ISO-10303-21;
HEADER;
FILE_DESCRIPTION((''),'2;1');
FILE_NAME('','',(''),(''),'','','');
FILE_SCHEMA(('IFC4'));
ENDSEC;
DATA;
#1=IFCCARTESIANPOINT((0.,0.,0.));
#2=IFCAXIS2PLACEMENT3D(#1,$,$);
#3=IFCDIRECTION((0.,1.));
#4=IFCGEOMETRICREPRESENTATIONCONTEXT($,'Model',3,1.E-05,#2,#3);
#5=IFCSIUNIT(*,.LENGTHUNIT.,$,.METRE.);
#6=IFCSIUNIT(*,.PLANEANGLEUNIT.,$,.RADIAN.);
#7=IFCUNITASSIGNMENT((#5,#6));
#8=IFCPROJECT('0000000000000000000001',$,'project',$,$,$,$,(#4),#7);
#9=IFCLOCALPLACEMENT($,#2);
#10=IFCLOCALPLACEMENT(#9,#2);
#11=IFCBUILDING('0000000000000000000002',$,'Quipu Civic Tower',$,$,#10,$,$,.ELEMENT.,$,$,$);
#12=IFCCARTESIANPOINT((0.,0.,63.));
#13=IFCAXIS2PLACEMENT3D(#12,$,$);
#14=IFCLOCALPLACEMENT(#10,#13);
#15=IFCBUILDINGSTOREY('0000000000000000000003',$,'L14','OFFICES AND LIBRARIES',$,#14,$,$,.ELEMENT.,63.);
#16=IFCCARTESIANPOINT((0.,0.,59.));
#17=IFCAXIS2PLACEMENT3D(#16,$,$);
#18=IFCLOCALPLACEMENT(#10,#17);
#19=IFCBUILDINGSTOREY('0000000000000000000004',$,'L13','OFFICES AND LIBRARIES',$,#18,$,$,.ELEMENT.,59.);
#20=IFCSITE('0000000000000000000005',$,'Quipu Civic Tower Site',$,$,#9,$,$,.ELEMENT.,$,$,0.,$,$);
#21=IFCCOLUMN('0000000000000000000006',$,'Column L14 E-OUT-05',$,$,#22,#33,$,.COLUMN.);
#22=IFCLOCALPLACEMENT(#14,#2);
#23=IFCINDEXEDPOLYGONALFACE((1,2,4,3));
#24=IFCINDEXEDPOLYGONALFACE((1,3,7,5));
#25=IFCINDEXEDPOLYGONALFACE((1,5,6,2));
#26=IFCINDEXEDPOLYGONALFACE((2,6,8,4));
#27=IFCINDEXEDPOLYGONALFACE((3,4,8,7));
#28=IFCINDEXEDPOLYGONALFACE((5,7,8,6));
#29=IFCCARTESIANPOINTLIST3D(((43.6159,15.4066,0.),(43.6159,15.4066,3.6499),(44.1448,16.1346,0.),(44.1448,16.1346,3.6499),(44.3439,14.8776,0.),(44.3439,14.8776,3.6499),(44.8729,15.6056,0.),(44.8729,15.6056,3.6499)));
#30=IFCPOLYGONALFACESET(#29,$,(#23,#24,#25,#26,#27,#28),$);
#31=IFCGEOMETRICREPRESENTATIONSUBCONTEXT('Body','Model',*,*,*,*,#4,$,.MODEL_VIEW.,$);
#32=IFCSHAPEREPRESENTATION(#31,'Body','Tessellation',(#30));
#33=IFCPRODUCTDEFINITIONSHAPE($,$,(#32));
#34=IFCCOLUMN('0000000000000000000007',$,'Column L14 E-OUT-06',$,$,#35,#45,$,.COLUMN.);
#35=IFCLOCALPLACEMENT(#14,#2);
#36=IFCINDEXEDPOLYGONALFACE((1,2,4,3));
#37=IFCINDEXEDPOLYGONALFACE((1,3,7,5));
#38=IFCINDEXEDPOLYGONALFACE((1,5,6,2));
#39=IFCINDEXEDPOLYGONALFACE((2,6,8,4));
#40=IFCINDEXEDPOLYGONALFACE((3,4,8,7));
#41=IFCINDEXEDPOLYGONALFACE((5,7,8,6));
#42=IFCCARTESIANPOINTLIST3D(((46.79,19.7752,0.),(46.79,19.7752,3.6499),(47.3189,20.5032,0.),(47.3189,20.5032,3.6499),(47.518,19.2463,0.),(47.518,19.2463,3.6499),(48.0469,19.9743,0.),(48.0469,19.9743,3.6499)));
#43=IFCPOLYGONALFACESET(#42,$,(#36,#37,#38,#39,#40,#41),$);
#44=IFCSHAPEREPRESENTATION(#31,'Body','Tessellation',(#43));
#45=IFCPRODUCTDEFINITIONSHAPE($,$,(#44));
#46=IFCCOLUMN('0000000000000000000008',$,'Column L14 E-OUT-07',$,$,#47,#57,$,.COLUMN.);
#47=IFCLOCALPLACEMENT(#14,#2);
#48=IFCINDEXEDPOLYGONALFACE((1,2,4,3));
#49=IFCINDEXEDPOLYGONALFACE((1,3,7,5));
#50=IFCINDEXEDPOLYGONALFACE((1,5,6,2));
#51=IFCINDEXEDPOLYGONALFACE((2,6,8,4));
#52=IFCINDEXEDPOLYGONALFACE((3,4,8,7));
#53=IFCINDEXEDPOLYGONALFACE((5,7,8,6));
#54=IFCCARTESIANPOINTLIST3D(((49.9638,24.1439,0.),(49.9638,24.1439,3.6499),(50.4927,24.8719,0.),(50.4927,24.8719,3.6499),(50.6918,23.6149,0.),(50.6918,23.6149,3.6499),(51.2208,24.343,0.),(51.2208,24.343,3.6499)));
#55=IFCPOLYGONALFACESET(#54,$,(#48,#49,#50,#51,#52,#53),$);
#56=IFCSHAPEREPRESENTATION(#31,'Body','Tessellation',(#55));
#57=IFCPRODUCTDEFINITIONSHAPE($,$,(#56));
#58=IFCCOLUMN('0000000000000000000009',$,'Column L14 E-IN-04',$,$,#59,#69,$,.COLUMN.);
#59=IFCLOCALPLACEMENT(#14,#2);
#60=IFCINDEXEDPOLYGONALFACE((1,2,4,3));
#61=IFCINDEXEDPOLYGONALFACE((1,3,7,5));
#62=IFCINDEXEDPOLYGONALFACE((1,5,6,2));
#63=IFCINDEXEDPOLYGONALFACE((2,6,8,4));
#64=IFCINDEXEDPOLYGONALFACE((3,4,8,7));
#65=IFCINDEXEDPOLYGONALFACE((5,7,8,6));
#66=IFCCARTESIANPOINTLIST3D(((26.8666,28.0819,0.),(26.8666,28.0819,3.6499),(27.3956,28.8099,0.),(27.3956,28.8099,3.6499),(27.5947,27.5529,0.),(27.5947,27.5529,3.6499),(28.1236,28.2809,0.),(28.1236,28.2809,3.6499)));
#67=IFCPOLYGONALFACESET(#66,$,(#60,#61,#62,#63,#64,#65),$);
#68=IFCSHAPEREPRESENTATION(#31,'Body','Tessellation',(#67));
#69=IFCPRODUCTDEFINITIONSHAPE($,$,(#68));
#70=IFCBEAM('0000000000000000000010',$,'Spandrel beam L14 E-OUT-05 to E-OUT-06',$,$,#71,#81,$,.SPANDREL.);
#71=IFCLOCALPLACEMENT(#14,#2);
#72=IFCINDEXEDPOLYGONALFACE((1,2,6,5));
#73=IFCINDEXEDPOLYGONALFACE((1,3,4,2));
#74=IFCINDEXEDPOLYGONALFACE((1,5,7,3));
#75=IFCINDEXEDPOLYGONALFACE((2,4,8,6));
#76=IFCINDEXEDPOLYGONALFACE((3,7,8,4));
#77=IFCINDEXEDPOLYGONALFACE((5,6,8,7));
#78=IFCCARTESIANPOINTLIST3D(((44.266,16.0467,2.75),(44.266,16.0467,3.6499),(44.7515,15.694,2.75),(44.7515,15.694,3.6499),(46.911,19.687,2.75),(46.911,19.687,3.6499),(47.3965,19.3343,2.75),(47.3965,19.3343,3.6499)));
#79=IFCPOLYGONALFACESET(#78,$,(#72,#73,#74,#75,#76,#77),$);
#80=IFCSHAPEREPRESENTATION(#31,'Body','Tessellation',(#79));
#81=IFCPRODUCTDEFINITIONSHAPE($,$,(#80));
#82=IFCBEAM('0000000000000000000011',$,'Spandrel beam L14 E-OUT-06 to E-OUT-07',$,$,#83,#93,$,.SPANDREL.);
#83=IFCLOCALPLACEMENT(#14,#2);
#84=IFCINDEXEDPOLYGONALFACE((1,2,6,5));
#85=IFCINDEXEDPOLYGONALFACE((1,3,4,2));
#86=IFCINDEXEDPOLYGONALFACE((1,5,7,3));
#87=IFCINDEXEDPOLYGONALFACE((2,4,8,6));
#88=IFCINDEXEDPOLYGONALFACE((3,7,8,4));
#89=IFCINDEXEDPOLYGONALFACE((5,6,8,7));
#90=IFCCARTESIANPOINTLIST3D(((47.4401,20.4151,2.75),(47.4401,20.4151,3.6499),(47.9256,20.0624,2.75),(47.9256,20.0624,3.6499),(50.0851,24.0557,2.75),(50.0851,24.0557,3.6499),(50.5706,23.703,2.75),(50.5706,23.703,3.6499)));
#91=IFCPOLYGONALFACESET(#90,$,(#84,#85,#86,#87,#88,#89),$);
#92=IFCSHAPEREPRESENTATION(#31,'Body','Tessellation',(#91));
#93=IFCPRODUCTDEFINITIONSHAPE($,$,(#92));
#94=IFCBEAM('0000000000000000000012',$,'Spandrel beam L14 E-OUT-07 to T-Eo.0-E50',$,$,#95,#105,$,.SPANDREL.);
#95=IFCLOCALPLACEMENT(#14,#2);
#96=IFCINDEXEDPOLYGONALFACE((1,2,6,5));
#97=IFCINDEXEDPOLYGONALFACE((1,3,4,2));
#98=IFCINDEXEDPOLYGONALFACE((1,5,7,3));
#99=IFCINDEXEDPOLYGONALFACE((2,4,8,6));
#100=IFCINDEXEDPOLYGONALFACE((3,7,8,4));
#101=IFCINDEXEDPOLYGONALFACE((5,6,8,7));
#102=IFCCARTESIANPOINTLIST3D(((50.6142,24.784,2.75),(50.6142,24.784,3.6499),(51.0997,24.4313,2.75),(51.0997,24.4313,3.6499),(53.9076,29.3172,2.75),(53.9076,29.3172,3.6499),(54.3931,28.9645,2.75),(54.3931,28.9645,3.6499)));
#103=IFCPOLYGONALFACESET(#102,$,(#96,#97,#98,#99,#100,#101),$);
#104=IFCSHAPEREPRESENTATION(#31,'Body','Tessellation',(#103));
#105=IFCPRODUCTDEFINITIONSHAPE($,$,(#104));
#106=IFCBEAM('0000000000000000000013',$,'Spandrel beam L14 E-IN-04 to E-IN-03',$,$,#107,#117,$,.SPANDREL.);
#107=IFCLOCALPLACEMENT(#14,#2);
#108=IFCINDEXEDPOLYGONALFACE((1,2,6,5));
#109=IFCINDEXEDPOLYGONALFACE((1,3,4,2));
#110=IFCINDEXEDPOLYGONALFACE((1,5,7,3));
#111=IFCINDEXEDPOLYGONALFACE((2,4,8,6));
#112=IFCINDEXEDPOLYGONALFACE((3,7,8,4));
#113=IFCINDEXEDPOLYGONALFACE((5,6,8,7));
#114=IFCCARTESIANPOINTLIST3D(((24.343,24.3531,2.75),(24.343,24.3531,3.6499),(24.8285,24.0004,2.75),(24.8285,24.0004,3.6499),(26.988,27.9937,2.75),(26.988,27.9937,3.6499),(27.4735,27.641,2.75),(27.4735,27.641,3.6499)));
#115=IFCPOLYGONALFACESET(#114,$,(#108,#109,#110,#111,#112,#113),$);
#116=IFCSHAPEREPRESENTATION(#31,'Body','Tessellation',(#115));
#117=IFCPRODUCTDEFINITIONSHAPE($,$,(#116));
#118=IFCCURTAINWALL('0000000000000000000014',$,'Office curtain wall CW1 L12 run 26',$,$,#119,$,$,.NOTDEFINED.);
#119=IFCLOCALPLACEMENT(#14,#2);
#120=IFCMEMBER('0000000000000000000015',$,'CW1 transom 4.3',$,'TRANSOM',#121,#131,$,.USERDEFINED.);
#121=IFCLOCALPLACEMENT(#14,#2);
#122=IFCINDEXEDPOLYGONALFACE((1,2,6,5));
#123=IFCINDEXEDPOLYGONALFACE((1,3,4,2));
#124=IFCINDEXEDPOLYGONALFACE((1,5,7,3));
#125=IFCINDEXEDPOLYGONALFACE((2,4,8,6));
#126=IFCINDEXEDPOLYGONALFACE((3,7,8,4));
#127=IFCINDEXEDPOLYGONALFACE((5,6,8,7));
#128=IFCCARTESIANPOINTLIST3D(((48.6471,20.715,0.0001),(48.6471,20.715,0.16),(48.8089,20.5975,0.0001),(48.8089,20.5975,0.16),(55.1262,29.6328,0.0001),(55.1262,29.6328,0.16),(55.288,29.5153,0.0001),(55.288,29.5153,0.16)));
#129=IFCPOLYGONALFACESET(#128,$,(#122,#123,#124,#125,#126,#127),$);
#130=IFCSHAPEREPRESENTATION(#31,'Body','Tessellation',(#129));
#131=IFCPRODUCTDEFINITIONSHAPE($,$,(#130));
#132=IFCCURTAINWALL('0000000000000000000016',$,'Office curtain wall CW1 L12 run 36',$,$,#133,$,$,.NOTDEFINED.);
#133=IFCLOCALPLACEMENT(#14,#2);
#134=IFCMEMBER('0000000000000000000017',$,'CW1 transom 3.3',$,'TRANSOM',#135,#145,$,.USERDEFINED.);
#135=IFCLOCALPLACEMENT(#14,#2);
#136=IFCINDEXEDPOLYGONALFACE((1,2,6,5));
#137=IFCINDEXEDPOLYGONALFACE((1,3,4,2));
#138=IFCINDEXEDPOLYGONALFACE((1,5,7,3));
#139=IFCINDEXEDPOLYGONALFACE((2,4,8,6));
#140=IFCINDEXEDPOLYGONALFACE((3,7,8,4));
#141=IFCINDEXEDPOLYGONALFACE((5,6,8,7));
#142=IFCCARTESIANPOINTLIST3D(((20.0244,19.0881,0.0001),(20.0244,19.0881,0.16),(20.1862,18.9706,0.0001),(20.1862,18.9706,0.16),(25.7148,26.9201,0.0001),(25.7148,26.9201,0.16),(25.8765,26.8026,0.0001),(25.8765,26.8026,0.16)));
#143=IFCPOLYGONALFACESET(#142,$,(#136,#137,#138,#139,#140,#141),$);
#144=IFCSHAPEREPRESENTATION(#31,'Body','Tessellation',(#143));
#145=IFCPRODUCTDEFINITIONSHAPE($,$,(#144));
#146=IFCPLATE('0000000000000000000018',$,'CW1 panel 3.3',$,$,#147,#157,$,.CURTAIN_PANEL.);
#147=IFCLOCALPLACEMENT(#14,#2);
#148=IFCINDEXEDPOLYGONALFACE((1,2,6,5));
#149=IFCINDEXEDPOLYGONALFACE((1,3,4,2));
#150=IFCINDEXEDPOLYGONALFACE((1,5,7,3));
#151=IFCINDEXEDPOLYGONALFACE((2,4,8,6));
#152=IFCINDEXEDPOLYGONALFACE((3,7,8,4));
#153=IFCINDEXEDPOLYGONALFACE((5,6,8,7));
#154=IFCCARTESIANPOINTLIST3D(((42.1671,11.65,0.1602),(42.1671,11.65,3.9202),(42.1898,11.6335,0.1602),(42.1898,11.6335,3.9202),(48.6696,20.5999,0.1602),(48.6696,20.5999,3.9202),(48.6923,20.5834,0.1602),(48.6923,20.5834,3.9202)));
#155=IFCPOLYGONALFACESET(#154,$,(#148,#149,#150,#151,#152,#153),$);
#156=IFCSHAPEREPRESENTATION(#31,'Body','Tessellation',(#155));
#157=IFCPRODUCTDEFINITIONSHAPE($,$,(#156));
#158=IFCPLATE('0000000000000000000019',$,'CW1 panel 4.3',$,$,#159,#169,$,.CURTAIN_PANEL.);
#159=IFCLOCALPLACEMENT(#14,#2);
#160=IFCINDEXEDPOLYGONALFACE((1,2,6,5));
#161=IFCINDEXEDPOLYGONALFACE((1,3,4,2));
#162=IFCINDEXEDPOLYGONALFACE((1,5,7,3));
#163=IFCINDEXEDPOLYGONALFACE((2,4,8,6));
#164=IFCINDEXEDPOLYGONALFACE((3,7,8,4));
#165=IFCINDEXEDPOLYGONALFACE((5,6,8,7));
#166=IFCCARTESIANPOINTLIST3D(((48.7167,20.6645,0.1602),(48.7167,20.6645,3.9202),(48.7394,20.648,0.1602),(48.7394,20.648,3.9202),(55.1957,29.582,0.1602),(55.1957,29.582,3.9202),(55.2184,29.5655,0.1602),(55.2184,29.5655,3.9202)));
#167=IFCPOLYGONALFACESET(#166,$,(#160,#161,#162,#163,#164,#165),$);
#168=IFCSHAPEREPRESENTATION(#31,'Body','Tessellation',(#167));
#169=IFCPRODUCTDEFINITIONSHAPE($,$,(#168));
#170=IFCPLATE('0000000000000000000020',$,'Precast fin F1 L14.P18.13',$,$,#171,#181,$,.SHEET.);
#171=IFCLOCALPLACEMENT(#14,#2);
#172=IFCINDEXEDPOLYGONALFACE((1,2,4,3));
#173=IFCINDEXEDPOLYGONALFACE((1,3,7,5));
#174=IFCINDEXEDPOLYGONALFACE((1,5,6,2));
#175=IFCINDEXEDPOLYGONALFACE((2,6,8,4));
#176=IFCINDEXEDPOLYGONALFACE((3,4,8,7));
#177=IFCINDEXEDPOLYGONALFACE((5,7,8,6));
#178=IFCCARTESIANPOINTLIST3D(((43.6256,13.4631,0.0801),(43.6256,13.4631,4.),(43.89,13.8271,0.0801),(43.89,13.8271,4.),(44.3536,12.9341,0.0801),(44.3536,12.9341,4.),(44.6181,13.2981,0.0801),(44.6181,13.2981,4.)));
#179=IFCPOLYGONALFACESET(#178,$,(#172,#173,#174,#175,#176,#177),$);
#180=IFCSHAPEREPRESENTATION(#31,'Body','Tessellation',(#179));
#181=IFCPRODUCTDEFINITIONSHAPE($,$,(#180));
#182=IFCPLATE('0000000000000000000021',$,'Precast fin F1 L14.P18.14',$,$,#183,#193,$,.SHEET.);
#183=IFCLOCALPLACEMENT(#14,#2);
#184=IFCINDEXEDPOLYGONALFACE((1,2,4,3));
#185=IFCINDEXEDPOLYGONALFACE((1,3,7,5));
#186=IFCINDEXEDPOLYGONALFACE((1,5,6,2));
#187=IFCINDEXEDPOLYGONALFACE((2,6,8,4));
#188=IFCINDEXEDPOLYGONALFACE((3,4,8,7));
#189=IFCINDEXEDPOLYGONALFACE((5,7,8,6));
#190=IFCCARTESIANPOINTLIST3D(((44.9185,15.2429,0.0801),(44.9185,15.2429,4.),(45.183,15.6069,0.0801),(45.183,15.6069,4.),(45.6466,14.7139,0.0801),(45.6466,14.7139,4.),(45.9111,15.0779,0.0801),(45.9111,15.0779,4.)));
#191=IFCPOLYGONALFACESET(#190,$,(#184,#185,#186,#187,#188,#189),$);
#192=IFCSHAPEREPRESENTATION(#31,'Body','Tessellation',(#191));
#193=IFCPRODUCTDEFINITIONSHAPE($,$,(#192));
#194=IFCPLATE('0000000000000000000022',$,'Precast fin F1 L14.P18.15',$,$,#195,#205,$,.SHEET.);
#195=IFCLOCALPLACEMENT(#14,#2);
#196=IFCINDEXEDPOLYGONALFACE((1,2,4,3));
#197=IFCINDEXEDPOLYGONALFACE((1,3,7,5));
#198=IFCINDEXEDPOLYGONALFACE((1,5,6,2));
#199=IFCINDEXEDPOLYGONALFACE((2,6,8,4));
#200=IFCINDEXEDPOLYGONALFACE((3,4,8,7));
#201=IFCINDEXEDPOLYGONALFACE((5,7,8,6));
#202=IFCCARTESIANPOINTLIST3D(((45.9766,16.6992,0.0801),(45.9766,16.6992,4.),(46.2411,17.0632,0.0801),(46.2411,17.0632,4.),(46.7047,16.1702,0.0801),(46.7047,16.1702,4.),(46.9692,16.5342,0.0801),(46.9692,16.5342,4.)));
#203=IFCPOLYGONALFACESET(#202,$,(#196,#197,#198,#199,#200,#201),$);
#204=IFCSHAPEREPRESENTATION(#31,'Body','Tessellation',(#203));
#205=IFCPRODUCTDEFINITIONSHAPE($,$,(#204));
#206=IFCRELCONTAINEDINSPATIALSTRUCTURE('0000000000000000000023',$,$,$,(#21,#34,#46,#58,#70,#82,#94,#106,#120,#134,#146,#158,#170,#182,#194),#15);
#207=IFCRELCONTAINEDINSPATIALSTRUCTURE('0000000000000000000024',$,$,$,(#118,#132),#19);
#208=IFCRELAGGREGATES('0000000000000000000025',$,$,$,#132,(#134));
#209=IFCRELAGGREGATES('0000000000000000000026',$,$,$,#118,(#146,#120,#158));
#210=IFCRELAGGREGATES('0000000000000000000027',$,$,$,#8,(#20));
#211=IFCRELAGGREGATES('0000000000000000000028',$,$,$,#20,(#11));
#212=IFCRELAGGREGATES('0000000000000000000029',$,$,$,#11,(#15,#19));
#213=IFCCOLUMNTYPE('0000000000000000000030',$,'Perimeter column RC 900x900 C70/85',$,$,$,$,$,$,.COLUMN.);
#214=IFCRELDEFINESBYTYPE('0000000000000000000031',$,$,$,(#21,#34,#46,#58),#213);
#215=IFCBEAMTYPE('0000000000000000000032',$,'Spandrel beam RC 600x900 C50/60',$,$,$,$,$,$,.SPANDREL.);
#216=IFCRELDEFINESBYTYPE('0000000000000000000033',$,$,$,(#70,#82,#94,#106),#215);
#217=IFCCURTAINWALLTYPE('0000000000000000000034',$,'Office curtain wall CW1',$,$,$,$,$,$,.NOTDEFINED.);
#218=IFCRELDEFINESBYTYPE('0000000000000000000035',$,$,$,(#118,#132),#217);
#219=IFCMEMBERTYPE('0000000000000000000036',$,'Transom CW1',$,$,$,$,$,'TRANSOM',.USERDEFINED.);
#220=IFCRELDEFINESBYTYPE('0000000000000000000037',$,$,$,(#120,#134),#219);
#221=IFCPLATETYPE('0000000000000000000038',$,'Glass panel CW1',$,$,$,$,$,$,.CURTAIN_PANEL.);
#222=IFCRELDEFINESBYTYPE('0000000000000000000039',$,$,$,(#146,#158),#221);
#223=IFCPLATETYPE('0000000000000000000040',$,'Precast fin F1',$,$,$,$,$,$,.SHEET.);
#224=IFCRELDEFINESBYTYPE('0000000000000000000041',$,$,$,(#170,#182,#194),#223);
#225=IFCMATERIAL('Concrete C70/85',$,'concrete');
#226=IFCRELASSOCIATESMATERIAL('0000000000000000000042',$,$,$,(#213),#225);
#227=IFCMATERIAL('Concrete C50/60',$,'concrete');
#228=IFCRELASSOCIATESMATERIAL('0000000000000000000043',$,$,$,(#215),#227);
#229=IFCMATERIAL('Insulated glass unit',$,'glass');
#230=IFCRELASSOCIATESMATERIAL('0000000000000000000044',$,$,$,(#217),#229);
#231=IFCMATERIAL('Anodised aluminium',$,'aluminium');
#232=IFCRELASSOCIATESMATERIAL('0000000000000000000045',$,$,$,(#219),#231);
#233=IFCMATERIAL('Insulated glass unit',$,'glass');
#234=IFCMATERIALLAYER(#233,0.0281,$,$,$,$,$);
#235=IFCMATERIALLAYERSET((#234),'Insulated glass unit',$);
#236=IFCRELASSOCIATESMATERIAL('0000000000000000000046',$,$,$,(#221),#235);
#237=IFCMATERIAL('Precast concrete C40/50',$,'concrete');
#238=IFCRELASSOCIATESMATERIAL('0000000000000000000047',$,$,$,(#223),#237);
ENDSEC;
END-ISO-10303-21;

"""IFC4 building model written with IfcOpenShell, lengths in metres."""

from ifc_helpers import new_model, si_unit, direction, frame, origin, origin_2d, place, context, subcontext, project, spatial, rectangle, extrude, material, layer, layer_set, material_profile, profile_set, type_object, element, aggregate, save


model = new_model("IFC4")

# Units and contexts
model_context = context("Model", 3, precision=1e-05, world=origin(), true_north=direction((0.0, 1.0)))
body_context = subcontext(model_context, "Body", "Model", "MODEL_VIEW")
ifc_project = project(units=[si_unit("LENGTHUNIT", "METRE"), si_unit("PLANEANGLEUNIT", "RADIAN")], contexts=[model_context])

# Site, building, storey
site_placement = place(None, origin())
site = spatial("IfcSite", under=ifc_project, at=site_placement, Name="Quipu Civic Tower Site", CompositionType="ELEMENT", RefElevation=0.0)
building_placement = place(site_placement, origin())
building = spatial("IfcBuilding", under=site, at=building_placement, Name="Quipu Civic Tower", CompositionType="ELEMENT")
storey_1_placement = place(building_placement, frame((0.0, 0.0, 63.0)))
storey_1 = spatial("IfcBuildingStorey", under=building, at=storey_1_placement, Name="L14", Description="OFFICES AND LIBRARIES", CompositionType="ELEMENT", Elevation=63.0)

# Columns
ifc_material_1 = material(Name="Concrete C70/85", Category="concrete")
ifc_material_profile_1 = material_profile(ifc_material_1, rectangle(XDim=0.8999, YDim=0.8999, at=origin_2d()), Name="RC900x900")
ifc_profile_set_1 = profile_set([ifc_material_profile_1], Name="Concrete C70/85")
column_type = type_object("IfcColumnType", Name="Perimeter column RC 900x900 C70/85", PredefinedType="COLUMN", material=ifc_profile_set_1)
for number, where, z_axis, x_axis, name in (
    (1, (44.2444, 15.5061, 0.0), (0.0, 0.0, 1.0), (0.587785, 0.809017, 0.0), "Column L14 E-OUT-05"),
    (2, (47.4185, 19.8748, 0.0), (0.0, 0.0, 1.0), (0.587785, 0.809017, 0.0), "Column L14 E-OUT-06"),
    (3, (50.5923, 24.2434, 0.0), (0.0, 0.0, 1.0), (0.587785, 0.809017, 0.0), "Column L14 E-OUT-07"),
    (4, (27.4951, 28.1814, 0.0), (0.0, 0.0, 1.0), (-0.587785, -0.809017, 0.0), "Column L14 E-IN-04"),
):
    element("IfcColumn", number, at=place(storey_1_placement, frame(where, z_axis=z_axis, x_axis=x_axis)), inside=storey_1, type_object=column_type, Name=name, PredefinedType="COLUMN", context=body_context, shape_type="SweptSolid", body=[
        extrude(rectangle(XDim=0.8999, YDim=0.8999, at=origin_2d()), origin(), (0.0, 0.0, 1.0), 3.6499),
    ])

# Beams
ifc_material_2 = material(Name="Concrete C50/60", Category="concrete")
ifc_material_profile_2 = material_profile(ifc_material_2, rectangle(XDim=0.6001, YDim=0.8999, at=origin_2d()), Name="RC600x900")
ifc_profile_set_2 = profile_set([ifc_material_profile_2], Name="Concrete C50/60")
beam_type = type_object("IfcBeamType", Name="Spandrel beam RC 600x900 C50/60", PredefinedType="SPANDREL", material=ifc_profile_set_2)
beam_1_placement = place(storey_1_placement, frame((44.5088, 15.8704, 3.2), z_axis=(0.587804, 0.809003, 0.0), x_axis=(-0.809003, 0.587804, 0.0)))
element("IfcBeam", 5, at=beam_1_placement, inside=storey_1, type_object=beam_type, Name="Spandrel beam L14 E-OUT-05 to E-OUT-06", PredefinedType="SPANDREL", context=body_context, shape_type="SweptSolid", body=[
    extrude(rectangle(XDim=0.6001, YDim=0.8999, at=origin_2d()), origin(), (0.0, 0.0, 1.0), 4.4998),
])
beam_2_placement = place(storey_1_placement, frame((47.6829, 20.2388, 3.2), z_axis=(0.587778, 0.809022, 0.0), x_axis=(-0.809022, 0.587778, 0.0)))
element("IfcBeam", 6, at=beam_2_placement, inside=storey_1, type_object=beam_type, Name="Spandrel beam L14 E-OUT-06 to E-OUT-07", PredefinedType="SPANDREL", context=body_context, shape_type="SweptSolid", body=[
    extrude(rectangle(XDim=0.6001, YDim=0.8999, at=origin_2d()), origin(), (0.0, 0.0, 1.0), 4.5),
])
beam_3_placement = place(storey_1_placement, frame((50.8569, 24.6077, 3.2), z_axis=(0.587773, 0.809026, 0.0), x_axis=(-0.809026, 0.587773, 0.0)))
element("IfcBeam", 7, at=beam_3_placement, inside=storey_1, type_object=beam_type, Name="Spandrel beam L14 E-OUT-07 to T-Eo.0-E50", PredefinedType="SPANDREL", context=body_context, shape_type="SweptSolid", body=[
    extrude(rectangle(XDim=0.6001, YDim=0.8999, at=origin_2d()), origin(), (0.0, 0.0, 1.0), 5.6033),
])
beam_4_placement = place(storey_1_placement, frame((27.2307, 27.8174, 3.2), z_axis=(-0.587778, -0.809022, 0.0), x_axis=(0.809022, -0.587778, 0.0)))
element("IfcBeam", 8, at=beam_4_placement, inside=storey_1, type_object=beam_type, Name="Spandrel beam L14 E-IN-04 to E-IN-03", PredefinedType="SPANDREL", context=body_context, shape_type="SweptSolid", body=[
    extrude(rectangle(XDim=0.6001, YDim=0.8999, at=origin_2d()), origin(), (0.0, 0.0, 1.0), 4.5),
])

# Shared definitions
storey_2_placement = place(building_placement, frame((0.0, 0.0, 59.0)))
storey_2 = spatial("IfcBuildingStorey", under=building, at=storey_2_placement, Name="L13", Description="OFFICES AND LIBRARIES", CompositionType="ELEMENT", Elevation=59.0)

# Curtain walls, members
ifc_material_3 = material(Name="Insulated glass unit", Category="glass")
curtain_wall_type = type_object("IfcCurtainWallType", Name="Office curtain wall CW1", PredefinedType="NOTDEFINED", material=ifc_material_3)
curtain_wall_1_placement = place(storey_2_placement, origin())
curtain_wall_1 = element("IfcCurtainWall", 9, at=curtain_wall_1_placement, inside=storey_2, type_object=curtain_wall_type, Name="Office curtain wall CW1 L12 run 26", PredefinedType="NOTDEFINED")
ifc_material_4 = material(Name="Anodised aluminium", Category="aluminium")
ifc_material_profile_3 = material_profile(ifc_material_4, rectangle(XDim=0.2, YDim=0.1599, at=origin_2d()), Name="RECT 200x160")
ifc_profile_set_3 = profile_set([ifc_material_profile_3], Name="Anodised aluminium")
member_type = type_object("IfcMemberType", Name="Transom CW1", ElementType="TRANSOM", PredefinedType="USERDEFINED", material=ifc_profile_set_3)
member_1_placement = place(storey_1_placement, frame((48.728, 20.6562, 0.0801), z_axis=(0.587779, 0.809021, 0.0), x_axis=(-0.809021, 0.587779, 0.0)))
member_1 = element("IfcMember", 10, at=member_1_placement, inside=storey_1, type_object=member_type, Name="CW1 transom 4.3", ObjectType="TRANSOM", PredefinedType="USERDEFINED", context=body_context, shape_type="SweptSolid", body=[
    extrude(rectangle(XDim=0.2, YDim=0.1599, at=origin_2d()), origin(), (0.0, 0.0, 1.0), 11.0229),
])
curtain_wall_2_placement = place(storey_2_placement, origin())
curtain_wall_2 = element("IfcCurtainWall", 11, at=curtain_wall_2_placement, inside=storey_2, type_object=curtain_wall_type, Name="Office curtain wall CW1 L12 run 36", PredefinedType="NOTDEFINED")
member_2_placement = place(storey_1_placement, frame((25.7957, 26.8613, 0.0801), z_axis=(-0.587794, -0.809011, 0.0), x_axis=(0.809011, -0.587794, 0.0)))
member_2 = element("IfcMember", 12, at=member_2_placement, inside=storey_1, type_object=member_type, Name="CW1 transom 3.3", ObjectType="TRANSOM", PredefinedType="USERDEFINED", context=body_context, shape_type="SweptSolid", body=[
    extrude(rectangle(XDim=0.2, YDim=0.1599, at=origin_2d()), origin(), (0.0, 0.0, 1.0), 9.6809),
])
aggregate(curtain_wall_2, [member_2])

# Plates
ifc_material_5 = material(Name="Insulated glass unit", Category="glass")
ifc_layer_1 = layer(ifc_material_5, 0.0281)
ifc_layer_set_1 = layer_set([ifc_layer_1], Name="Insulated glass unit")
plate_type_1 = type_object("IfcPlateType", Name="Glass panel CW1", PredefinedType="CURTAIN_PANEL", material=ifc_layer_set_1)
plate_1_placement = place(storey_1_placement, frame((45.4297, 16.1167, 0.1602), z_axis=(0.0, 0.0, 1.0), x_axis=(0.587786, 0.809017, 0.0)))
plate_1 = element("IfcPlate", 13, at=plate_1_placement, inside=storey_1, type_object=plate_type_1, Name="CW1 panel 3.3", PredefinedType="CURTAIN_PANEL", context=body_context, shape_type="SweptSolid", body=[
    extrude(rectangle(XDim=11.0627, YDim=0.0281, at=origin_2d()), origin(), (0.0, 0.0, 1.0), 3.76),
])
plate_2_placement = place(storey_1_placement, frame((51.9675, 25.115, 0.1602), z_axis=(0.0, 0.0, 1.0), x_axis=(0.587786, 0.809017, 0.0)))
plate_2 = element("IfcPlate", 14, at=plate_2_placement, inside=storey_1, type_object=plate_type_1, Name="CW1 panel 4.3", PredefinedType="CURTAIN_PANEL", context=body_context, shape_type="SweptSolid", body=[
    extrude(rectangle(XDim=11.0227, YDim=0.0281, at=origin_2d()), origin(), (0.0, 0.0, 1.0), 3.76),
])
aggregate(curtain_wall_1, [plate_1, member_1, plate_2])

# Plates
ifc_material_6 = material(Name="Precast concrete C40/50", Category="concrete")
plate_type_2 = type_object("IfcPlateType", Name="Precast fin F1", PredefinedType="SHEET", material=ifc_material_6)
for number, where, z_axis, x_axis, name in (
    (15, (44.1218, 13.3806, 0.0801), (0.0, 0.0, 1.0), (0.587786, 0.809017, 0.0), "Precast fin F1 L14.P18.13"),
    (16, (45.4148, 15.1604, 0.0801), (0.0, 0.0, 1.0), (0.587786, 0.809017, 0.0), "Precast fin F1 L14.P18.14"),
    (17, (46.4729, 16.6167, 0.0801), (0.0, 0.0, 1.0), (0.587786, 0.809017, 0.0), "Precast fin F1 L14.P18.15"),
):
    element("IfcPlate", number, at=place(storey_1_placement, frame(where, z_axis=z_axis, x_axis=x_axis)), inside=storey_1, type_object=plate_type_2, Name=name, PredefinedType="SHEET", context=body_context, shape_type="SweptSolid", body=[
        extrude(rectangle(XDim=0.45, YDim=0.8999, at=origin_2d()), origin(), (0.0, 0.0, 1.0), 3.9199),
    ])

save(model, "model.ifc")
